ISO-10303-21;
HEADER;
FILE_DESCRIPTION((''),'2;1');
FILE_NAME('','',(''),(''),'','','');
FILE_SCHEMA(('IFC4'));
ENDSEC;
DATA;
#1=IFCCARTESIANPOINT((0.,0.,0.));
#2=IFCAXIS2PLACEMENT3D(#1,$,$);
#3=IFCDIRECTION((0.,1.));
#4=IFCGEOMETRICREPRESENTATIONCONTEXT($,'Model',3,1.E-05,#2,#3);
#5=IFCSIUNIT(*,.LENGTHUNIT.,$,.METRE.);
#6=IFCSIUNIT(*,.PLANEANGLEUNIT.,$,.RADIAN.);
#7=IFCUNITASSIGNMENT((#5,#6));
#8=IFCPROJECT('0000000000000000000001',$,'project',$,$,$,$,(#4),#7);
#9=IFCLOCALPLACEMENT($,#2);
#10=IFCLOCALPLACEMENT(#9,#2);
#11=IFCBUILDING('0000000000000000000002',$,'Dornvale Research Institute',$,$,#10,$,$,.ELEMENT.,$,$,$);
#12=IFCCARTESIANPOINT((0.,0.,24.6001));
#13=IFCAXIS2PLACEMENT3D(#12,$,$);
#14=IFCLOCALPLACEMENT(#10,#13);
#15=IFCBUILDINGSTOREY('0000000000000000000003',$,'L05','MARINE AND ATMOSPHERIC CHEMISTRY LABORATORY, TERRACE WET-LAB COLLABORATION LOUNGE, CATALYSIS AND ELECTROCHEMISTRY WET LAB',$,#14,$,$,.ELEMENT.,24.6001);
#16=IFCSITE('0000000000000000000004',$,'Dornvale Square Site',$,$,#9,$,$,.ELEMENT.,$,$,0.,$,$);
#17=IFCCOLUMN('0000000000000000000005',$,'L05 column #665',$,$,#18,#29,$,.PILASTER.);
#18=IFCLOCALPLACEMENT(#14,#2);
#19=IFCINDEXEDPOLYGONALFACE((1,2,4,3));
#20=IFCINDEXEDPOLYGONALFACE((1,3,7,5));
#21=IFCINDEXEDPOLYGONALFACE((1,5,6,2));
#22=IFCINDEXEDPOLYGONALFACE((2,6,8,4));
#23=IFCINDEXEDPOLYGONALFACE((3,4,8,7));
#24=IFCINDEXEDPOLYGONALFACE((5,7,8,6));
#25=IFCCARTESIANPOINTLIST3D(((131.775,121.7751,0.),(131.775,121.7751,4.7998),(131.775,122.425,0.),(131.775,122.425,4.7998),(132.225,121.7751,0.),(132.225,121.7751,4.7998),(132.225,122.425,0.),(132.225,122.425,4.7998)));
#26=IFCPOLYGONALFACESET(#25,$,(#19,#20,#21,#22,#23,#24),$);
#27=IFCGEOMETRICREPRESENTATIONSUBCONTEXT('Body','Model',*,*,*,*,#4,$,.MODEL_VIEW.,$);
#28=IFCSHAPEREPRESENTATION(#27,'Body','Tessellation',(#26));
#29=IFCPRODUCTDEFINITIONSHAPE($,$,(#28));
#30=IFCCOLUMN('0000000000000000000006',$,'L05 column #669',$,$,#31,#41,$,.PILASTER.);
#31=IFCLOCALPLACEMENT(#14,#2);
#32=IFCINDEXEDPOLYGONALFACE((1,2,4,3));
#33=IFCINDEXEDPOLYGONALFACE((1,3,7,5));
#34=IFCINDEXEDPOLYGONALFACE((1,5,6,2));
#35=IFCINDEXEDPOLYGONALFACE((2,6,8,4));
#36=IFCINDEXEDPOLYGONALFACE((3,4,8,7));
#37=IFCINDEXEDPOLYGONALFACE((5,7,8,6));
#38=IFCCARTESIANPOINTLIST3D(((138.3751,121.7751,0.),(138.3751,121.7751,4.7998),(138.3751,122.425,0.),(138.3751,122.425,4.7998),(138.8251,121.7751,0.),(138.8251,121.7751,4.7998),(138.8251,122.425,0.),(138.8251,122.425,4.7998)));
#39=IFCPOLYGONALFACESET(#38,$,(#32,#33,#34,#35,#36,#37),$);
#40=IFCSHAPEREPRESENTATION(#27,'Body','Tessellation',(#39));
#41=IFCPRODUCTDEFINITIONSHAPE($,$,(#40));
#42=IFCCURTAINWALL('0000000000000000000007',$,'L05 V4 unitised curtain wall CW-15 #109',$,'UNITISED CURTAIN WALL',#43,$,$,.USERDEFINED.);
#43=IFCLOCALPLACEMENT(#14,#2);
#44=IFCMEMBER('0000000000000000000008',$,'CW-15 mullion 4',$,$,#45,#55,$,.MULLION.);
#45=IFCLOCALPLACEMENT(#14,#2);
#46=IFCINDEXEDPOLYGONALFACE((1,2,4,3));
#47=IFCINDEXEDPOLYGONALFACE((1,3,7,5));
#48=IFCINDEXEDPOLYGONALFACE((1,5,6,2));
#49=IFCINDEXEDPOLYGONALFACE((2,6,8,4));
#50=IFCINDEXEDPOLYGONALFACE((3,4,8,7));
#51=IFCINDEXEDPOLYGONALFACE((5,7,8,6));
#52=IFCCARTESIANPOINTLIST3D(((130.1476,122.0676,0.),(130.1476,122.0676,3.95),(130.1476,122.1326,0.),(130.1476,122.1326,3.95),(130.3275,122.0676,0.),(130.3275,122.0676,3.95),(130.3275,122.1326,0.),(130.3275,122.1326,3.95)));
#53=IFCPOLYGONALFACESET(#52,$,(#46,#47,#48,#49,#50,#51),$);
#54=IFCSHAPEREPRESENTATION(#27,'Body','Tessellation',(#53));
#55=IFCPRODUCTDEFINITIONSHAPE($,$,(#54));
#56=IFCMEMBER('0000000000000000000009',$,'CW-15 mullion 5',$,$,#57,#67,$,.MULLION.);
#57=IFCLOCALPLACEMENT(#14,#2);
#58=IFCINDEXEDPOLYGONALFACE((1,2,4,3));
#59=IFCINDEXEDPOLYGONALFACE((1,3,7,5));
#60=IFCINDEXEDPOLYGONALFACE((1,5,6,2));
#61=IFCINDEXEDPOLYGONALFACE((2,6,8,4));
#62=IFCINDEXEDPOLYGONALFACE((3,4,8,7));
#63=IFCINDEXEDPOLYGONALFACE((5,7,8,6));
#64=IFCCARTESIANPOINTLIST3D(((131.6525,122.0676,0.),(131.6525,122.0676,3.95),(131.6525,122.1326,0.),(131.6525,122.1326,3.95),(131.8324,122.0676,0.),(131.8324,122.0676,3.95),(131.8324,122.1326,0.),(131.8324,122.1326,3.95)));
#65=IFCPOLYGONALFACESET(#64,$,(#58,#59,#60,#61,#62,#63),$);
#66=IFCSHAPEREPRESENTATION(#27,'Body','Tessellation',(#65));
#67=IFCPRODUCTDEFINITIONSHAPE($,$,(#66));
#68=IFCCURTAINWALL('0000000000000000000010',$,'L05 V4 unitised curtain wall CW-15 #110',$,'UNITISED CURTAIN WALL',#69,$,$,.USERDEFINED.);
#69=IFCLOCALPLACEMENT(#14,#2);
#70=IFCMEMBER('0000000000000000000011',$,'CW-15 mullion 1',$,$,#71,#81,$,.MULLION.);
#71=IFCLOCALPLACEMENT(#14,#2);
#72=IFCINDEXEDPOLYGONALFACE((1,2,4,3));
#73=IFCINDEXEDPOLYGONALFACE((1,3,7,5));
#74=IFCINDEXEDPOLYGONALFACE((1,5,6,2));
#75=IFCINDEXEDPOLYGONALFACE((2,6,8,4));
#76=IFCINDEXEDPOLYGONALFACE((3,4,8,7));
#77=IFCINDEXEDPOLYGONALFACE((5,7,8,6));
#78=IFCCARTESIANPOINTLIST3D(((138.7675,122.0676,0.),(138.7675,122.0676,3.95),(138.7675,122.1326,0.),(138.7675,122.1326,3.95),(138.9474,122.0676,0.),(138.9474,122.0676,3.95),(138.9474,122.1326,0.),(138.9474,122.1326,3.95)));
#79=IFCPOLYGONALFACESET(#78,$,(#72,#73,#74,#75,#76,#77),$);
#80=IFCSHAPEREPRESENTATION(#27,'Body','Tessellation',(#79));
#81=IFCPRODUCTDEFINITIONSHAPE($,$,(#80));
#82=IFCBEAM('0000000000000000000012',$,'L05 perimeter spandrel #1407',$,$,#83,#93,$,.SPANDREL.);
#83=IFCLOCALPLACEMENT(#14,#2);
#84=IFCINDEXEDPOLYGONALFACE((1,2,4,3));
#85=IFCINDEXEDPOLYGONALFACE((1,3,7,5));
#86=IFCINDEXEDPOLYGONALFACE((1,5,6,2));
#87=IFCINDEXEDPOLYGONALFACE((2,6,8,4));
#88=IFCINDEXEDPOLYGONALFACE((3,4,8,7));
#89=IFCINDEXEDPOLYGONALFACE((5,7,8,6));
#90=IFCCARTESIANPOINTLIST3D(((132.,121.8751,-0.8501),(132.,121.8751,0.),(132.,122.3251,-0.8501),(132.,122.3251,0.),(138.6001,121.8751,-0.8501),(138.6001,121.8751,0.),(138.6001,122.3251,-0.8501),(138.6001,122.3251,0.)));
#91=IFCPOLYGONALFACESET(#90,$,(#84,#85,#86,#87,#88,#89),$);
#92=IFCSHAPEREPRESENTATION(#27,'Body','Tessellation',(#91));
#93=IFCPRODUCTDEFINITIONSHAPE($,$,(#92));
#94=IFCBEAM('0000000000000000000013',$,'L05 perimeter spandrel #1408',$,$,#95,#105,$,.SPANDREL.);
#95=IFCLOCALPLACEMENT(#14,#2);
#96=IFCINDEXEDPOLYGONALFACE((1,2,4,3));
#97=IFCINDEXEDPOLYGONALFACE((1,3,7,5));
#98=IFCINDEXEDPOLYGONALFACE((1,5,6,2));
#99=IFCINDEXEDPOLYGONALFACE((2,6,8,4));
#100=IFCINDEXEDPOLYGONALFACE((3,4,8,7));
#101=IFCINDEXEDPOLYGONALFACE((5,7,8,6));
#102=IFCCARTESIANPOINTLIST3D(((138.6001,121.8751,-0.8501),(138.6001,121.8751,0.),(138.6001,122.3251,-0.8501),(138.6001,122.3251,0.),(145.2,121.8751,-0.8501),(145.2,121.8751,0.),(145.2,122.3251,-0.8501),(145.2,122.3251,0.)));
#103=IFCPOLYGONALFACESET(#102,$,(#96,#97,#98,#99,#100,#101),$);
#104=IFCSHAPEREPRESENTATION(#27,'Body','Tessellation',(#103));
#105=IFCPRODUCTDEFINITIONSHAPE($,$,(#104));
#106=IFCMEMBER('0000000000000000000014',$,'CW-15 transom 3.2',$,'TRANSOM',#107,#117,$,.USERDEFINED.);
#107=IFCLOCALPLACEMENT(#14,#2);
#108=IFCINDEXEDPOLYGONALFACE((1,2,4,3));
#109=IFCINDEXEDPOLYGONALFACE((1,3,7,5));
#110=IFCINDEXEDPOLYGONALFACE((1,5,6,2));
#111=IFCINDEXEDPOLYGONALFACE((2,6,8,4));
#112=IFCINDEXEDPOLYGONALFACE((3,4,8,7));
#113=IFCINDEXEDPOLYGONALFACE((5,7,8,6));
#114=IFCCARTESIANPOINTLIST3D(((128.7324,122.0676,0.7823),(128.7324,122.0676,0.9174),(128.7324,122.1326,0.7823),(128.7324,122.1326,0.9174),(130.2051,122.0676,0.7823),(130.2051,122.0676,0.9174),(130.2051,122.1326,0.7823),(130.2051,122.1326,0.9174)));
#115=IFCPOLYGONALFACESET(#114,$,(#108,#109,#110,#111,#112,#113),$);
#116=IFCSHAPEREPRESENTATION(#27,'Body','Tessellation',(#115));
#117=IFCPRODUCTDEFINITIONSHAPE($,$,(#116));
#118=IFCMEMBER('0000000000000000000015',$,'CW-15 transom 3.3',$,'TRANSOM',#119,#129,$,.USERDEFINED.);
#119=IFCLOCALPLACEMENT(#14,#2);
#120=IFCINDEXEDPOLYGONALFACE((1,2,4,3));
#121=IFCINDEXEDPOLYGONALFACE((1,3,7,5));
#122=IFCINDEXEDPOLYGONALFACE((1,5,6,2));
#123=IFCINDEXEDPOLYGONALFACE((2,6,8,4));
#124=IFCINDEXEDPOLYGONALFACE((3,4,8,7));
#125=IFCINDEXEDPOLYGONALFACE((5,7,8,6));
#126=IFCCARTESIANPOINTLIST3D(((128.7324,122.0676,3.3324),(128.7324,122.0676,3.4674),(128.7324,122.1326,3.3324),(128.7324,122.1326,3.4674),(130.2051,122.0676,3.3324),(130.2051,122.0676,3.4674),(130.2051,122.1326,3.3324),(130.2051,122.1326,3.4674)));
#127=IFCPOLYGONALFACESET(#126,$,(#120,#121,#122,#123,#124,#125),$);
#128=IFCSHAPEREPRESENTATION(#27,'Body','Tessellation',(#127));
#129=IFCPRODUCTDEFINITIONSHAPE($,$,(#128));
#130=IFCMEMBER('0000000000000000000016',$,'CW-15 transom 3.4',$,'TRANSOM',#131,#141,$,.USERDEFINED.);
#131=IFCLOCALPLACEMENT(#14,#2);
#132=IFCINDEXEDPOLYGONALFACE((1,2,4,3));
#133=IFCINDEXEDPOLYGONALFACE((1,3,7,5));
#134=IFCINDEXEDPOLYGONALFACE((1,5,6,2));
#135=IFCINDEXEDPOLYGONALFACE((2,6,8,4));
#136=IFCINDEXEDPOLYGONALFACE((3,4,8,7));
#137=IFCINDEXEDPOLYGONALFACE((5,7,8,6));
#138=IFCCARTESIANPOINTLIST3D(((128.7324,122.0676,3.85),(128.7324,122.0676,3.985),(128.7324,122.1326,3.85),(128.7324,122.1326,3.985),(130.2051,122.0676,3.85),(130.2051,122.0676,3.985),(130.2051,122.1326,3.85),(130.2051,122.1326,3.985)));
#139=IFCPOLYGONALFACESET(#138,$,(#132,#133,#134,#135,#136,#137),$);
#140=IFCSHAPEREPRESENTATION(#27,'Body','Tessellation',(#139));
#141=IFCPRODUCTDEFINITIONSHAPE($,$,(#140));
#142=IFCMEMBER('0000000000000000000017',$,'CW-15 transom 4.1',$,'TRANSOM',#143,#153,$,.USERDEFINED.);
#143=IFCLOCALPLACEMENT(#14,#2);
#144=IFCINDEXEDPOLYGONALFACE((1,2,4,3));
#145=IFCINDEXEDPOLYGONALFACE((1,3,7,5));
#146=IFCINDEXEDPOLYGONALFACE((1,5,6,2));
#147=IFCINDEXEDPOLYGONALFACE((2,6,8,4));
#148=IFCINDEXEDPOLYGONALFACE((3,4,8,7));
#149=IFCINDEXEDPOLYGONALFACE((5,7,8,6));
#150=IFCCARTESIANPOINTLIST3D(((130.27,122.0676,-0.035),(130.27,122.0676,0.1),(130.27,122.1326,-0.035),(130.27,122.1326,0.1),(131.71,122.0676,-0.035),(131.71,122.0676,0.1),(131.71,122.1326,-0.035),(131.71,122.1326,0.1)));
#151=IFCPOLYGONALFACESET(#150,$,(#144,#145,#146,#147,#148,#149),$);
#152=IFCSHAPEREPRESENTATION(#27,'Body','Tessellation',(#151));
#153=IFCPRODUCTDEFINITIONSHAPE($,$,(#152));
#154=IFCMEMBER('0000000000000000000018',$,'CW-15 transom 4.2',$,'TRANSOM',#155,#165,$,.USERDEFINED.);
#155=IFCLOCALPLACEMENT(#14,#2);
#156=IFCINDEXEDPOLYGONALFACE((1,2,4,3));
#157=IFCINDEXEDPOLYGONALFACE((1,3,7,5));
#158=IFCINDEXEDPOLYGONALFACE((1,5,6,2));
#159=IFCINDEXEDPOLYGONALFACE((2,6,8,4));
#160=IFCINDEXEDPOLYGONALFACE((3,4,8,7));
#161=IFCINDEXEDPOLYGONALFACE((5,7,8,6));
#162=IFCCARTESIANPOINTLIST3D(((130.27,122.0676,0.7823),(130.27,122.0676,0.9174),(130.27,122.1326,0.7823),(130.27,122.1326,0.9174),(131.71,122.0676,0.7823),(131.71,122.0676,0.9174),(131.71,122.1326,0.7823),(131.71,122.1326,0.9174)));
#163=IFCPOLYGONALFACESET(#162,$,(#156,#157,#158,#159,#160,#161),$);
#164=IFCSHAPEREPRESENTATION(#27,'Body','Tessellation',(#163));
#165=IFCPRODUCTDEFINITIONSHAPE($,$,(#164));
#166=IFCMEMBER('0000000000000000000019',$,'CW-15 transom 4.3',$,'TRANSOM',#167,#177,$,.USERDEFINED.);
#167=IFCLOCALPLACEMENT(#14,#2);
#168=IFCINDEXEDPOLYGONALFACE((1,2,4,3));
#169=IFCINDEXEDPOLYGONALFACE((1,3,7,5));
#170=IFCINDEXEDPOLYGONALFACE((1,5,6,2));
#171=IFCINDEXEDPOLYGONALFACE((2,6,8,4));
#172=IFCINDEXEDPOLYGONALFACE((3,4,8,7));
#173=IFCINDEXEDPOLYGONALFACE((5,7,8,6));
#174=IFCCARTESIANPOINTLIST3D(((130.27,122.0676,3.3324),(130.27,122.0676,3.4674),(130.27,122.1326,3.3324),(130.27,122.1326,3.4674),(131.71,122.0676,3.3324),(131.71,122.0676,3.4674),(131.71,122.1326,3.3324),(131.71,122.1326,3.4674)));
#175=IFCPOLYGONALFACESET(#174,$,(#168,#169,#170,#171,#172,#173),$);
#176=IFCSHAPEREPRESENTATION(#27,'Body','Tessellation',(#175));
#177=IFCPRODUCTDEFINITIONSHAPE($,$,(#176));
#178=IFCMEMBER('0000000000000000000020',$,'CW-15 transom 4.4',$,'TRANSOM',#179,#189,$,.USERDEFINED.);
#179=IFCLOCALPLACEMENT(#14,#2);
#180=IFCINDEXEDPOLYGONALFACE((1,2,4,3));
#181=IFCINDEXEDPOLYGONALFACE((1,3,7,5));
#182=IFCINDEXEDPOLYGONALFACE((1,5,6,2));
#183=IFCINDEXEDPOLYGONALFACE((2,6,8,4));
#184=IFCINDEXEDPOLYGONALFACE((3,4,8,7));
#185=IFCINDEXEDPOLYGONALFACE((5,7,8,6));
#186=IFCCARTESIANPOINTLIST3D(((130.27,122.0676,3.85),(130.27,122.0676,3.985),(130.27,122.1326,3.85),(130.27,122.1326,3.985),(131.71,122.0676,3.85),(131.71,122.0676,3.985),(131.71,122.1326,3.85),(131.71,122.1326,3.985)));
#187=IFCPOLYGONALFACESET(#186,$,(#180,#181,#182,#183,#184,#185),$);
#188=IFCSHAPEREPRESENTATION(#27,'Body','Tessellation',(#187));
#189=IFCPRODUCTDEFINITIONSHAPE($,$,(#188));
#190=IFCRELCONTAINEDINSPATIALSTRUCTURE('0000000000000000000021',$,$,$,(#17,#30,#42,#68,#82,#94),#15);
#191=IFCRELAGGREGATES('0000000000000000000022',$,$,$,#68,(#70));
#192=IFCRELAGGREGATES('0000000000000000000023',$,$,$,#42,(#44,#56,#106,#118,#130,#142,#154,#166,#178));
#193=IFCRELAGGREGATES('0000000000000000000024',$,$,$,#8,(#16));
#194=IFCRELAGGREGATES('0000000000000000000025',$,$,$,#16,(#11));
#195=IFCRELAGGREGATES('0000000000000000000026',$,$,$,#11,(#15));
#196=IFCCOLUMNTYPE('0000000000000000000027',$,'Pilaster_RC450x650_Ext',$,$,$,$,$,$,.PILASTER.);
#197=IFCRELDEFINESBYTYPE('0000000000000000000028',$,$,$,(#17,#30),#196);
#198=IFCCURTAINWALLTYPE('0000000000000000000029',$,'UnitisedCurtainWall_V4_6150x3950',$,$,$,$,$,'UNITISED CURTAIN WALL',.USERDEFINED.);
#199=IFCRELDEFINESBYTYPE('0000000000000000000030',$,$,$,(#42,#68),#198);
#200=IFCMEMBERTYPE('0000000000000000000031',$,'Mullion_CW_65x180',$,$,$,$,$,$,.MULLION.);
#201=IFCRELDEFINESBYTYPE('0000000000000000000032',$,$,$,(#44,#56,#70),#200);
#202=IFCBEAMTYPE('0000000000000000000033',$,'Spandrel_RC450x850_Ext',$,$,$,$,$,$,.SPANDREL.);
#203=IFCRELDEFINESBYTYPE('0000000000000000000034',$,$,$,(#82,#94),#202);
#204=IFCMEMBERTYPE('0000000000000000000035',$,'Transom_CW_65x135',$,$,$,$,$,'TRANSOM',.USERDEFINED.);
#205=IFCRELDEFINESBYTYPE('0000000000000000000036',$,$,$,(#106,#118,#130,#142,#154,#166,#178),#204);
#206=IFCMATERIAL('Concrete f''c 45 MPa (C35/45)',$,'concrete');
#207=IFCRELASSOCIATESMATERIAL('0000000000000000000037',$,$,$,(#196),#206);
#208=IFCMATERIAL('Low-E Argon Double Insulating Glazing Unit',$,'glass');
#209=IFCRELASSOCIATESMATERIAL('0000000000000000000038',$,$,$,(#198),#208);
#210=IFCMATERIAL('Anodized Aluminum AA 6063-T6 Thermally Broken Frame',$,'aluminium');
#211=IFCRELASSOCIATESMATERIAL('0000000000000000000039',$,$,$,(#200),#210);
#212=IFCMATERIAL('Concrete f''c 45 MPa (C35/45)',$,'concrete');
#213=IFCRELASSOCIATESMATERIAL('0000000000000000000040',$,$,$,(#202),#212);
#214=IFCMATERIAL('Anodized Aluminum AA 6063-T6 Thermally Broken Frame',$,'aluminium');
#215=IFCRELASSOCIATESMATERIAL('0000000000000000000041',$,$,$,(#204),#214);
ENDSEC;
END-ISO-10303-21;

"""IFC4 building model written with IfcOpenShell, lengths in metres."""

from ifc_helpers import new_model, si_unit, direction, frame, origin, origin_2d, place, context, subcontext, project, spatial, rectangle, extrude, material, material_profile, profile_set, type_object, element, aggregate, save


model = new_model("IFC4")

# Units and contexts
model_context = context("Model", 3, precision=1e-05, world=origin(), true_north=direction((0.0, 1.0)))
body_context = subcontext(model_context, "Body", "Model", "MODEL_VIEW")
ifc_project = project(units=[si_unit("LENGTHUNIT", "METRE"), si_unit("PLANEANGLEUNIT", "RADIAN")], contexts=[model_context])

# Site, building, storey
site_placement = place(None, origin())
site = spatial("IfcSite", under=ifc_project, at=site_placement, Name="Dornvale Square Site", CompositionType="ELEMENT", RefElevation=0.0)
building_placement = place(site_placement, origin())
building = spatial("IfcBuilding", under=site, at=building_placement, Name="Dornvale Research Institute", CompositionType="ELEMENT")
storey_placement = place(building_placement, frame((0.0, 0.0, 24.6001)))
storey = spatial("IfcBuildingStorey", under=building, at=storey_placement, Name="L05", Description="MARINE AND ATMOSPHERIC CHEMISTRY LABORATORY, TERRACE WET-LAB COLLABORATION LOUNGE, CATALYSIS AND ELECTROCHEMISTRY WET LAB", CompositionType="ELEMENT", Elevation=24.6001)

# Columns
ifc_material_1 = material(Name="Concrete f'c 45 MPa (C35/45)", Category="concrete")
ifc_material_profile_1 = material_profile(ifc_material_1, rectangle(XDim=0.45, YDim=0.6499, at=origin_2d()), Name="RC 450x650")
ifc_profile_set_1 = profile_set([ifc_material_profile_1], Name="Concrete f'c 45 MPa (C35/45)")
column_type = type_object("IfcColumnType", Name="Pilaster_RC450x650_Ext", PredefinedType="PILASTER", material=ifc_profile_set_1)
for number, where, z_axis, x_axis, name in (
    (1, (132.0, 122.1001, 0.0), (0.0, 0.0, 1.0), (1.0, 0.0, 0.0), "L05 column #665"),
    (2, (138.6001, 122.1001, 0.0), (0.0, 0.0, 1.0), (1.0, 0.0, 0.0), "L05 column #669"),
):
    element("IfcColumn", number, at=place(storey_placement, frame(where, z_axis=z_axis, x_axis=x_axis)), inside=storey, type_object=column_type, Name=name, PredefinedType="PILASTER", context=body_context, shape_type="SweptSolid", body=[
        extrude(rectangle(XDim=0.45, YDim=0.6499, at=origin_2d()), origin(), (0.0, 0.0, 1.0), 4.7998),
    ])

# Curtain wall, members
ifc_material_2 = material(Name="Low-E Argon Double Insulating Glazing Unit", Category="glass")
curtain_wall_type = type_object("IfcCurtainWallType", Name="UnitisedCurtainWall_V4_6150x3950", ElementType="UNITISED CURTAIN WALL", PredefinedType="USERDEFINED", material=ifc_material_2)
curtain_wall_1_placement = place(storey_placement, origin())
curtain_wall_1 = element("IfcCurtainWall", 3, at=curtain_wall_1_placement, inside=storey, type_object=curtain_wall_type, Name="L05 V4 unitised curtain wall CW-15 #109", ObjectType="UNITISED CURTAIN WALL", PredefinedType="USERDEFINED")
ifc_material_3 = material(Name="Anodized Aluminum AA 6063-T6 Thermally Broken Frame", Category="aluminium")
ifc_material_profile_2 = material_profile(ifc_material_3, rectangle(XDim=0.0649, YDim=0.1799, at=origin_2d()), Name="ALU MULLION 65x180")
ifc_profile_set_2 = profile_set([ifc_material_profile_2], Name="Anodized Aluminum AA 6063-T6 Thermally Broken Frame")
member_type_1 = type_object("IfcMemberType", Name="Mullion_CW_65x180", PredefinedType="MULLION", material=ifc_profile_set_2)
member_1_placement = place(storey_placement, frame((130.2375, 122.1001, 0.0), z_axis=(0.0, 0.0, 1.0), x_axis=(0.0, 1.0, 0.0)))
member_1 = element("IfcMember", 4, at=member_1_placement, type_object=member_type_1, Name="CW-15 mullion 4", PredefinedType="MULLION", context=body_context, shape_type="SweptSolid", body=[
    extrude(rectangle(XDim=0.0649, YDim=0.1799, at=origin_2d()), origin(), (0.0, 0.0, 1.0), 3.95),
])
member_2_placement = place(storey_placement, frame((131.7424, 122.1001, 0.0), z_axis=(0.0, 0.0, 1.0), x_axis=(0.0, 1.0, 0.0)))
member_2 = element("IfcMember", 5, at=member_2_placement, type_object=member_type_1, Name="CW-15 mullion 5", PredefinedType="MULLION", context=body_context, shape_type="SweptSolid", body=[
    extrude(rectangle(XDim=0.0649, YDim=0.1799, at=origin_2d()), origin(), (0.0, 0.0, 1.0), 3.95),
])

# Curtain wall, member
curtain_wall_2_placement = place(storey_placement, origin())
curtain_wall_2 = element("IfcCurtainWall", 6, at=curtain_wall_2_placement, inside=storey, type_object=curtain_wall_type, Name="L05 V4 unitised curtain wall CW-15 #110", ObjectType="UNITISED CURTAIN WALL", PredefinedType="USERDEFINED")
member_3_placement = place(storey_placement, frame((138.8574, 122.1001, 0.0), z_axis=(0.0, 0.0, 1.0), x_axis=(0.0, 1.0, 0.0)))
member_3 = element("IfcMember", 7, at=member_3_placement, type_object=member_type_1, Name="CW-15 mullion 1", PredefinedType="MULLION", context=body_context, shape_type="SweptSolid", body=[
    extrude(rectangle(XDim=0.0649, YDim=0.1799, at=origin_2d()), origin(), (0.0, 0.0, 1.0), 3.95),
])

# Beams
ifc_material_4 = material(Name="Concrete f'c 45 MPa (C35/45)", Category="concrete")
ifc_material_profile_3 = material_profile(ifc_material_4, rectangle(XDim=0.45, YDim=0.8501, at=origin_2d()), Name="RC 450x850")
ifc_profile_set_3 = profile_set([ifc_material_profile_3], Name="Concrete f'c 45 MPa (C35/45)")
beam_type = type_object("IfcBeamType", Name="Spandrel_RC450x850_Ext", PredefinedType="SPANDREL", material=ifc_profile_set_3)
beam_1_placement = place(storey_placement, frame((132.0, 122.1001, -0.425), z_axis=(1.0, 0.0, 0.0), x_axis=(0.0, 1.0, 0.0)))
element("IfcBeam", 8, at=beam_1_placement, inside=storey, type_object=beam_type, Name="L05 perimeter spandrel #1407", PredefinedType="SPANDREL", context=body_context, shape_type="SweptSolid", body=[
    extrude(rectangle(XDim=0.45, YDim=0.8501, at=origin_2d()), origin(), (0.0, 0.0, 1.0), 6.6001),
])
beam_2_placement = place(storey_placement, frame((138.6001, 122.1001, -0.425), z_axis=(1.0, 0.0, 0.0), x_axis=(0.0, 1.0, 0.0)))
element("IfcBeam", 9, at=beam_2_placement, inside=storey, type_object=beam_type, Name="L05 perimeter spandrel #1408", PredefinedType="SPANDREL", context=body_context, shape_type="SweptSolid", body=[
    extrude(rectangle(XDim=0.45, YDim=0.8501, at=origin_2d()), origin(), (0.0, 0.0, 1.0), 6.5999),
])

# Members
ifc_material_5 = material(Name="Anodized Aluminum AA 6063-T6 Thermally Broken Frame", Category="aluminium")
ifc_material_profile_4 = material_profile(ifc_material_5, rectangle(XDim=0.0649, YDim=0.135, at=origin_2d()), Name="ALU TRANSOM 65x135")
ifc_profile_set_4 = profile_set([ifc_material_profile_4], Name="Anodized Aluminum AA 6063-T6 Thermally Broken Frame")
member_type_2 = type_object("IfcMemberType", Name="Transom_CW_65x135", ElementType="TRANSOM", PredefinedType="USERDEFINED", material=ifc_profile_set_4)
member_4_placement = place(storey_placement, frame((128.7324, 122.1001, 0.8499), z_axis=(1.0, 0.0, 0.0), x_axis=(0.0, 1.0, 0.0)))
member_4 = element("IfcMember", 10, at=member_4_placement, type_object=member_type_2, Name="CW-15 transom 3.2", ObjectType="TRANSOM", PredefinedType="USERDEFINED", context=body_context, shape_type="SweptSolid", body=[
    extrude(rectangle(XDim=0.0649, YDim=0.135, at=origin_2d()), origin(), (0.0, 0.0, 1.0), 1.4727),
])
member_5_placement = place(storey_placement, frame((128.7324, 122.1001, 3.3999), z_axis=(1.0, 0.0, 0.0), x_axis=(0.0, 1.0, 0.0)))
member_5 = element("IfcMember", 11, at=member_5_placement, type_object=member_type_2, Name="CW-15 transom 3.3", ObjectType="TRANSOM", PredefinedType="USERDEFINED", context=body_context, shape_type="SweptSolid", body=[
    extrude(rectangle(XDim=0.0649, YDim=0.135, at=origin_2d()), origin(), (0.0, 0.0, 1.0), 1.4727),
])
member_6_placement = place(storey_placement, frame((128.7324, 122.1001, 3.9175), z_axis=(1.0, 0.0, 0.0), x_axis=(0.0, 1.0, 0.0)))
member_6 = element("IfcMember", 12, at=member_6_placement, type_object=member_type_2, Name="CW-15 transom 3.4", ObjectType="TRANSOM", PredefinedType="USERDEFINED", context=body_context, shape_type="SweptSolid", body=[
    extrude(rectangle(XDim=0.0649, YDim=0.135, at=origin_2d()), origin(), (0.0, 0.0, 1.0), 1.4727),
])
member_7_placement = place(storey_placement, frame((130.27, 122.1001, 0.0325), z_axis=(1.0, 0.0, 0.0), x_axis=(0.0, 1.0, 0.0)))
member_7 = element("IfcMember", 13, at=member_7_placement, type_object=member_type_2, Name="CW-15 transom 4.1", ObjectType="TRANSOM", PredefinedType="USERDEFINED", context=body_context, shape_type="SweptSolid", body=[
    extrude(rectangle(XDim=0.0649, YDim=0.135, at=origin_2d()), origin(), (0.0, 0.0, 1.0), 1.4399),
])
member_8_placement = place(storey_placement, frame((130.27, 122.1001, 0.8499), z_axis=(1.0, 0.0, 0.0), x_axis=(0.0, 1.0, 0.0)))
member_8 = element("IfcMember", 14, at=member_8_placement, type_object=member_type_2, Name="CW-15 transom 4.2", ObjectType="TRANSOM", PredefinedType="USERDEFINED", context=body_context, shape_type="SweptSolid", body=[
    extrude(rectangle(XDim=0.0649, YDim=0.135, at=origin_2d()), origin(), (0.0, 0.0, 1.0), 1.4399),
])
member_9_placement = place(storey_placement, frame((130.27, 122.1001, 3.3999), z_axis=(1.0, 0.0, 0.0), x_axis=(0.0, 1.0, 0.0)))
member_9 = element("IfcMember", 15, at=member_9_placement, type_object=member_type_2, Name="CW-15 transom 4.3", ObjectType="TRANSOM", PredefinedType="USERDEFINED", context=body_context, shape_type="SweptSolid", body=[
    extrude(rectangle(XDim=0.0649, YDim=0.135, at=origin_2d()), origin(), (0.0, 0.0, 1.0), 1.4399),
])
member_10_placement = place(storey_placement, frame((130.27, 122.1001, 3.9175), z_axis=(1.0, 0.0, 0.0), x_axis=(0.0, 1.0, 0.0)))
member_10 = element("IfcMember", 16, at=member_10_placement, type_object=member_type_2, Name="CW-15 transom 4.4", ObjectType="TRANSOM", PredefinedType="USERDEFINED", context=body_context, shape_type="SweptSolid", body=[
    extrude(rectangle(XDim=0.0649, YDim=0.135, at=origin_2d()), origin(), (0.0, 0.0, 1.0), 1.4399),
])
aggregate(curtain_wall_2, [member_3])

aggregate(curtain_wall_1, [member_1, member_2, member_4, member_5, member_6, member_7, member_8, member_9, member_10])

save(model, "model.ifc")
